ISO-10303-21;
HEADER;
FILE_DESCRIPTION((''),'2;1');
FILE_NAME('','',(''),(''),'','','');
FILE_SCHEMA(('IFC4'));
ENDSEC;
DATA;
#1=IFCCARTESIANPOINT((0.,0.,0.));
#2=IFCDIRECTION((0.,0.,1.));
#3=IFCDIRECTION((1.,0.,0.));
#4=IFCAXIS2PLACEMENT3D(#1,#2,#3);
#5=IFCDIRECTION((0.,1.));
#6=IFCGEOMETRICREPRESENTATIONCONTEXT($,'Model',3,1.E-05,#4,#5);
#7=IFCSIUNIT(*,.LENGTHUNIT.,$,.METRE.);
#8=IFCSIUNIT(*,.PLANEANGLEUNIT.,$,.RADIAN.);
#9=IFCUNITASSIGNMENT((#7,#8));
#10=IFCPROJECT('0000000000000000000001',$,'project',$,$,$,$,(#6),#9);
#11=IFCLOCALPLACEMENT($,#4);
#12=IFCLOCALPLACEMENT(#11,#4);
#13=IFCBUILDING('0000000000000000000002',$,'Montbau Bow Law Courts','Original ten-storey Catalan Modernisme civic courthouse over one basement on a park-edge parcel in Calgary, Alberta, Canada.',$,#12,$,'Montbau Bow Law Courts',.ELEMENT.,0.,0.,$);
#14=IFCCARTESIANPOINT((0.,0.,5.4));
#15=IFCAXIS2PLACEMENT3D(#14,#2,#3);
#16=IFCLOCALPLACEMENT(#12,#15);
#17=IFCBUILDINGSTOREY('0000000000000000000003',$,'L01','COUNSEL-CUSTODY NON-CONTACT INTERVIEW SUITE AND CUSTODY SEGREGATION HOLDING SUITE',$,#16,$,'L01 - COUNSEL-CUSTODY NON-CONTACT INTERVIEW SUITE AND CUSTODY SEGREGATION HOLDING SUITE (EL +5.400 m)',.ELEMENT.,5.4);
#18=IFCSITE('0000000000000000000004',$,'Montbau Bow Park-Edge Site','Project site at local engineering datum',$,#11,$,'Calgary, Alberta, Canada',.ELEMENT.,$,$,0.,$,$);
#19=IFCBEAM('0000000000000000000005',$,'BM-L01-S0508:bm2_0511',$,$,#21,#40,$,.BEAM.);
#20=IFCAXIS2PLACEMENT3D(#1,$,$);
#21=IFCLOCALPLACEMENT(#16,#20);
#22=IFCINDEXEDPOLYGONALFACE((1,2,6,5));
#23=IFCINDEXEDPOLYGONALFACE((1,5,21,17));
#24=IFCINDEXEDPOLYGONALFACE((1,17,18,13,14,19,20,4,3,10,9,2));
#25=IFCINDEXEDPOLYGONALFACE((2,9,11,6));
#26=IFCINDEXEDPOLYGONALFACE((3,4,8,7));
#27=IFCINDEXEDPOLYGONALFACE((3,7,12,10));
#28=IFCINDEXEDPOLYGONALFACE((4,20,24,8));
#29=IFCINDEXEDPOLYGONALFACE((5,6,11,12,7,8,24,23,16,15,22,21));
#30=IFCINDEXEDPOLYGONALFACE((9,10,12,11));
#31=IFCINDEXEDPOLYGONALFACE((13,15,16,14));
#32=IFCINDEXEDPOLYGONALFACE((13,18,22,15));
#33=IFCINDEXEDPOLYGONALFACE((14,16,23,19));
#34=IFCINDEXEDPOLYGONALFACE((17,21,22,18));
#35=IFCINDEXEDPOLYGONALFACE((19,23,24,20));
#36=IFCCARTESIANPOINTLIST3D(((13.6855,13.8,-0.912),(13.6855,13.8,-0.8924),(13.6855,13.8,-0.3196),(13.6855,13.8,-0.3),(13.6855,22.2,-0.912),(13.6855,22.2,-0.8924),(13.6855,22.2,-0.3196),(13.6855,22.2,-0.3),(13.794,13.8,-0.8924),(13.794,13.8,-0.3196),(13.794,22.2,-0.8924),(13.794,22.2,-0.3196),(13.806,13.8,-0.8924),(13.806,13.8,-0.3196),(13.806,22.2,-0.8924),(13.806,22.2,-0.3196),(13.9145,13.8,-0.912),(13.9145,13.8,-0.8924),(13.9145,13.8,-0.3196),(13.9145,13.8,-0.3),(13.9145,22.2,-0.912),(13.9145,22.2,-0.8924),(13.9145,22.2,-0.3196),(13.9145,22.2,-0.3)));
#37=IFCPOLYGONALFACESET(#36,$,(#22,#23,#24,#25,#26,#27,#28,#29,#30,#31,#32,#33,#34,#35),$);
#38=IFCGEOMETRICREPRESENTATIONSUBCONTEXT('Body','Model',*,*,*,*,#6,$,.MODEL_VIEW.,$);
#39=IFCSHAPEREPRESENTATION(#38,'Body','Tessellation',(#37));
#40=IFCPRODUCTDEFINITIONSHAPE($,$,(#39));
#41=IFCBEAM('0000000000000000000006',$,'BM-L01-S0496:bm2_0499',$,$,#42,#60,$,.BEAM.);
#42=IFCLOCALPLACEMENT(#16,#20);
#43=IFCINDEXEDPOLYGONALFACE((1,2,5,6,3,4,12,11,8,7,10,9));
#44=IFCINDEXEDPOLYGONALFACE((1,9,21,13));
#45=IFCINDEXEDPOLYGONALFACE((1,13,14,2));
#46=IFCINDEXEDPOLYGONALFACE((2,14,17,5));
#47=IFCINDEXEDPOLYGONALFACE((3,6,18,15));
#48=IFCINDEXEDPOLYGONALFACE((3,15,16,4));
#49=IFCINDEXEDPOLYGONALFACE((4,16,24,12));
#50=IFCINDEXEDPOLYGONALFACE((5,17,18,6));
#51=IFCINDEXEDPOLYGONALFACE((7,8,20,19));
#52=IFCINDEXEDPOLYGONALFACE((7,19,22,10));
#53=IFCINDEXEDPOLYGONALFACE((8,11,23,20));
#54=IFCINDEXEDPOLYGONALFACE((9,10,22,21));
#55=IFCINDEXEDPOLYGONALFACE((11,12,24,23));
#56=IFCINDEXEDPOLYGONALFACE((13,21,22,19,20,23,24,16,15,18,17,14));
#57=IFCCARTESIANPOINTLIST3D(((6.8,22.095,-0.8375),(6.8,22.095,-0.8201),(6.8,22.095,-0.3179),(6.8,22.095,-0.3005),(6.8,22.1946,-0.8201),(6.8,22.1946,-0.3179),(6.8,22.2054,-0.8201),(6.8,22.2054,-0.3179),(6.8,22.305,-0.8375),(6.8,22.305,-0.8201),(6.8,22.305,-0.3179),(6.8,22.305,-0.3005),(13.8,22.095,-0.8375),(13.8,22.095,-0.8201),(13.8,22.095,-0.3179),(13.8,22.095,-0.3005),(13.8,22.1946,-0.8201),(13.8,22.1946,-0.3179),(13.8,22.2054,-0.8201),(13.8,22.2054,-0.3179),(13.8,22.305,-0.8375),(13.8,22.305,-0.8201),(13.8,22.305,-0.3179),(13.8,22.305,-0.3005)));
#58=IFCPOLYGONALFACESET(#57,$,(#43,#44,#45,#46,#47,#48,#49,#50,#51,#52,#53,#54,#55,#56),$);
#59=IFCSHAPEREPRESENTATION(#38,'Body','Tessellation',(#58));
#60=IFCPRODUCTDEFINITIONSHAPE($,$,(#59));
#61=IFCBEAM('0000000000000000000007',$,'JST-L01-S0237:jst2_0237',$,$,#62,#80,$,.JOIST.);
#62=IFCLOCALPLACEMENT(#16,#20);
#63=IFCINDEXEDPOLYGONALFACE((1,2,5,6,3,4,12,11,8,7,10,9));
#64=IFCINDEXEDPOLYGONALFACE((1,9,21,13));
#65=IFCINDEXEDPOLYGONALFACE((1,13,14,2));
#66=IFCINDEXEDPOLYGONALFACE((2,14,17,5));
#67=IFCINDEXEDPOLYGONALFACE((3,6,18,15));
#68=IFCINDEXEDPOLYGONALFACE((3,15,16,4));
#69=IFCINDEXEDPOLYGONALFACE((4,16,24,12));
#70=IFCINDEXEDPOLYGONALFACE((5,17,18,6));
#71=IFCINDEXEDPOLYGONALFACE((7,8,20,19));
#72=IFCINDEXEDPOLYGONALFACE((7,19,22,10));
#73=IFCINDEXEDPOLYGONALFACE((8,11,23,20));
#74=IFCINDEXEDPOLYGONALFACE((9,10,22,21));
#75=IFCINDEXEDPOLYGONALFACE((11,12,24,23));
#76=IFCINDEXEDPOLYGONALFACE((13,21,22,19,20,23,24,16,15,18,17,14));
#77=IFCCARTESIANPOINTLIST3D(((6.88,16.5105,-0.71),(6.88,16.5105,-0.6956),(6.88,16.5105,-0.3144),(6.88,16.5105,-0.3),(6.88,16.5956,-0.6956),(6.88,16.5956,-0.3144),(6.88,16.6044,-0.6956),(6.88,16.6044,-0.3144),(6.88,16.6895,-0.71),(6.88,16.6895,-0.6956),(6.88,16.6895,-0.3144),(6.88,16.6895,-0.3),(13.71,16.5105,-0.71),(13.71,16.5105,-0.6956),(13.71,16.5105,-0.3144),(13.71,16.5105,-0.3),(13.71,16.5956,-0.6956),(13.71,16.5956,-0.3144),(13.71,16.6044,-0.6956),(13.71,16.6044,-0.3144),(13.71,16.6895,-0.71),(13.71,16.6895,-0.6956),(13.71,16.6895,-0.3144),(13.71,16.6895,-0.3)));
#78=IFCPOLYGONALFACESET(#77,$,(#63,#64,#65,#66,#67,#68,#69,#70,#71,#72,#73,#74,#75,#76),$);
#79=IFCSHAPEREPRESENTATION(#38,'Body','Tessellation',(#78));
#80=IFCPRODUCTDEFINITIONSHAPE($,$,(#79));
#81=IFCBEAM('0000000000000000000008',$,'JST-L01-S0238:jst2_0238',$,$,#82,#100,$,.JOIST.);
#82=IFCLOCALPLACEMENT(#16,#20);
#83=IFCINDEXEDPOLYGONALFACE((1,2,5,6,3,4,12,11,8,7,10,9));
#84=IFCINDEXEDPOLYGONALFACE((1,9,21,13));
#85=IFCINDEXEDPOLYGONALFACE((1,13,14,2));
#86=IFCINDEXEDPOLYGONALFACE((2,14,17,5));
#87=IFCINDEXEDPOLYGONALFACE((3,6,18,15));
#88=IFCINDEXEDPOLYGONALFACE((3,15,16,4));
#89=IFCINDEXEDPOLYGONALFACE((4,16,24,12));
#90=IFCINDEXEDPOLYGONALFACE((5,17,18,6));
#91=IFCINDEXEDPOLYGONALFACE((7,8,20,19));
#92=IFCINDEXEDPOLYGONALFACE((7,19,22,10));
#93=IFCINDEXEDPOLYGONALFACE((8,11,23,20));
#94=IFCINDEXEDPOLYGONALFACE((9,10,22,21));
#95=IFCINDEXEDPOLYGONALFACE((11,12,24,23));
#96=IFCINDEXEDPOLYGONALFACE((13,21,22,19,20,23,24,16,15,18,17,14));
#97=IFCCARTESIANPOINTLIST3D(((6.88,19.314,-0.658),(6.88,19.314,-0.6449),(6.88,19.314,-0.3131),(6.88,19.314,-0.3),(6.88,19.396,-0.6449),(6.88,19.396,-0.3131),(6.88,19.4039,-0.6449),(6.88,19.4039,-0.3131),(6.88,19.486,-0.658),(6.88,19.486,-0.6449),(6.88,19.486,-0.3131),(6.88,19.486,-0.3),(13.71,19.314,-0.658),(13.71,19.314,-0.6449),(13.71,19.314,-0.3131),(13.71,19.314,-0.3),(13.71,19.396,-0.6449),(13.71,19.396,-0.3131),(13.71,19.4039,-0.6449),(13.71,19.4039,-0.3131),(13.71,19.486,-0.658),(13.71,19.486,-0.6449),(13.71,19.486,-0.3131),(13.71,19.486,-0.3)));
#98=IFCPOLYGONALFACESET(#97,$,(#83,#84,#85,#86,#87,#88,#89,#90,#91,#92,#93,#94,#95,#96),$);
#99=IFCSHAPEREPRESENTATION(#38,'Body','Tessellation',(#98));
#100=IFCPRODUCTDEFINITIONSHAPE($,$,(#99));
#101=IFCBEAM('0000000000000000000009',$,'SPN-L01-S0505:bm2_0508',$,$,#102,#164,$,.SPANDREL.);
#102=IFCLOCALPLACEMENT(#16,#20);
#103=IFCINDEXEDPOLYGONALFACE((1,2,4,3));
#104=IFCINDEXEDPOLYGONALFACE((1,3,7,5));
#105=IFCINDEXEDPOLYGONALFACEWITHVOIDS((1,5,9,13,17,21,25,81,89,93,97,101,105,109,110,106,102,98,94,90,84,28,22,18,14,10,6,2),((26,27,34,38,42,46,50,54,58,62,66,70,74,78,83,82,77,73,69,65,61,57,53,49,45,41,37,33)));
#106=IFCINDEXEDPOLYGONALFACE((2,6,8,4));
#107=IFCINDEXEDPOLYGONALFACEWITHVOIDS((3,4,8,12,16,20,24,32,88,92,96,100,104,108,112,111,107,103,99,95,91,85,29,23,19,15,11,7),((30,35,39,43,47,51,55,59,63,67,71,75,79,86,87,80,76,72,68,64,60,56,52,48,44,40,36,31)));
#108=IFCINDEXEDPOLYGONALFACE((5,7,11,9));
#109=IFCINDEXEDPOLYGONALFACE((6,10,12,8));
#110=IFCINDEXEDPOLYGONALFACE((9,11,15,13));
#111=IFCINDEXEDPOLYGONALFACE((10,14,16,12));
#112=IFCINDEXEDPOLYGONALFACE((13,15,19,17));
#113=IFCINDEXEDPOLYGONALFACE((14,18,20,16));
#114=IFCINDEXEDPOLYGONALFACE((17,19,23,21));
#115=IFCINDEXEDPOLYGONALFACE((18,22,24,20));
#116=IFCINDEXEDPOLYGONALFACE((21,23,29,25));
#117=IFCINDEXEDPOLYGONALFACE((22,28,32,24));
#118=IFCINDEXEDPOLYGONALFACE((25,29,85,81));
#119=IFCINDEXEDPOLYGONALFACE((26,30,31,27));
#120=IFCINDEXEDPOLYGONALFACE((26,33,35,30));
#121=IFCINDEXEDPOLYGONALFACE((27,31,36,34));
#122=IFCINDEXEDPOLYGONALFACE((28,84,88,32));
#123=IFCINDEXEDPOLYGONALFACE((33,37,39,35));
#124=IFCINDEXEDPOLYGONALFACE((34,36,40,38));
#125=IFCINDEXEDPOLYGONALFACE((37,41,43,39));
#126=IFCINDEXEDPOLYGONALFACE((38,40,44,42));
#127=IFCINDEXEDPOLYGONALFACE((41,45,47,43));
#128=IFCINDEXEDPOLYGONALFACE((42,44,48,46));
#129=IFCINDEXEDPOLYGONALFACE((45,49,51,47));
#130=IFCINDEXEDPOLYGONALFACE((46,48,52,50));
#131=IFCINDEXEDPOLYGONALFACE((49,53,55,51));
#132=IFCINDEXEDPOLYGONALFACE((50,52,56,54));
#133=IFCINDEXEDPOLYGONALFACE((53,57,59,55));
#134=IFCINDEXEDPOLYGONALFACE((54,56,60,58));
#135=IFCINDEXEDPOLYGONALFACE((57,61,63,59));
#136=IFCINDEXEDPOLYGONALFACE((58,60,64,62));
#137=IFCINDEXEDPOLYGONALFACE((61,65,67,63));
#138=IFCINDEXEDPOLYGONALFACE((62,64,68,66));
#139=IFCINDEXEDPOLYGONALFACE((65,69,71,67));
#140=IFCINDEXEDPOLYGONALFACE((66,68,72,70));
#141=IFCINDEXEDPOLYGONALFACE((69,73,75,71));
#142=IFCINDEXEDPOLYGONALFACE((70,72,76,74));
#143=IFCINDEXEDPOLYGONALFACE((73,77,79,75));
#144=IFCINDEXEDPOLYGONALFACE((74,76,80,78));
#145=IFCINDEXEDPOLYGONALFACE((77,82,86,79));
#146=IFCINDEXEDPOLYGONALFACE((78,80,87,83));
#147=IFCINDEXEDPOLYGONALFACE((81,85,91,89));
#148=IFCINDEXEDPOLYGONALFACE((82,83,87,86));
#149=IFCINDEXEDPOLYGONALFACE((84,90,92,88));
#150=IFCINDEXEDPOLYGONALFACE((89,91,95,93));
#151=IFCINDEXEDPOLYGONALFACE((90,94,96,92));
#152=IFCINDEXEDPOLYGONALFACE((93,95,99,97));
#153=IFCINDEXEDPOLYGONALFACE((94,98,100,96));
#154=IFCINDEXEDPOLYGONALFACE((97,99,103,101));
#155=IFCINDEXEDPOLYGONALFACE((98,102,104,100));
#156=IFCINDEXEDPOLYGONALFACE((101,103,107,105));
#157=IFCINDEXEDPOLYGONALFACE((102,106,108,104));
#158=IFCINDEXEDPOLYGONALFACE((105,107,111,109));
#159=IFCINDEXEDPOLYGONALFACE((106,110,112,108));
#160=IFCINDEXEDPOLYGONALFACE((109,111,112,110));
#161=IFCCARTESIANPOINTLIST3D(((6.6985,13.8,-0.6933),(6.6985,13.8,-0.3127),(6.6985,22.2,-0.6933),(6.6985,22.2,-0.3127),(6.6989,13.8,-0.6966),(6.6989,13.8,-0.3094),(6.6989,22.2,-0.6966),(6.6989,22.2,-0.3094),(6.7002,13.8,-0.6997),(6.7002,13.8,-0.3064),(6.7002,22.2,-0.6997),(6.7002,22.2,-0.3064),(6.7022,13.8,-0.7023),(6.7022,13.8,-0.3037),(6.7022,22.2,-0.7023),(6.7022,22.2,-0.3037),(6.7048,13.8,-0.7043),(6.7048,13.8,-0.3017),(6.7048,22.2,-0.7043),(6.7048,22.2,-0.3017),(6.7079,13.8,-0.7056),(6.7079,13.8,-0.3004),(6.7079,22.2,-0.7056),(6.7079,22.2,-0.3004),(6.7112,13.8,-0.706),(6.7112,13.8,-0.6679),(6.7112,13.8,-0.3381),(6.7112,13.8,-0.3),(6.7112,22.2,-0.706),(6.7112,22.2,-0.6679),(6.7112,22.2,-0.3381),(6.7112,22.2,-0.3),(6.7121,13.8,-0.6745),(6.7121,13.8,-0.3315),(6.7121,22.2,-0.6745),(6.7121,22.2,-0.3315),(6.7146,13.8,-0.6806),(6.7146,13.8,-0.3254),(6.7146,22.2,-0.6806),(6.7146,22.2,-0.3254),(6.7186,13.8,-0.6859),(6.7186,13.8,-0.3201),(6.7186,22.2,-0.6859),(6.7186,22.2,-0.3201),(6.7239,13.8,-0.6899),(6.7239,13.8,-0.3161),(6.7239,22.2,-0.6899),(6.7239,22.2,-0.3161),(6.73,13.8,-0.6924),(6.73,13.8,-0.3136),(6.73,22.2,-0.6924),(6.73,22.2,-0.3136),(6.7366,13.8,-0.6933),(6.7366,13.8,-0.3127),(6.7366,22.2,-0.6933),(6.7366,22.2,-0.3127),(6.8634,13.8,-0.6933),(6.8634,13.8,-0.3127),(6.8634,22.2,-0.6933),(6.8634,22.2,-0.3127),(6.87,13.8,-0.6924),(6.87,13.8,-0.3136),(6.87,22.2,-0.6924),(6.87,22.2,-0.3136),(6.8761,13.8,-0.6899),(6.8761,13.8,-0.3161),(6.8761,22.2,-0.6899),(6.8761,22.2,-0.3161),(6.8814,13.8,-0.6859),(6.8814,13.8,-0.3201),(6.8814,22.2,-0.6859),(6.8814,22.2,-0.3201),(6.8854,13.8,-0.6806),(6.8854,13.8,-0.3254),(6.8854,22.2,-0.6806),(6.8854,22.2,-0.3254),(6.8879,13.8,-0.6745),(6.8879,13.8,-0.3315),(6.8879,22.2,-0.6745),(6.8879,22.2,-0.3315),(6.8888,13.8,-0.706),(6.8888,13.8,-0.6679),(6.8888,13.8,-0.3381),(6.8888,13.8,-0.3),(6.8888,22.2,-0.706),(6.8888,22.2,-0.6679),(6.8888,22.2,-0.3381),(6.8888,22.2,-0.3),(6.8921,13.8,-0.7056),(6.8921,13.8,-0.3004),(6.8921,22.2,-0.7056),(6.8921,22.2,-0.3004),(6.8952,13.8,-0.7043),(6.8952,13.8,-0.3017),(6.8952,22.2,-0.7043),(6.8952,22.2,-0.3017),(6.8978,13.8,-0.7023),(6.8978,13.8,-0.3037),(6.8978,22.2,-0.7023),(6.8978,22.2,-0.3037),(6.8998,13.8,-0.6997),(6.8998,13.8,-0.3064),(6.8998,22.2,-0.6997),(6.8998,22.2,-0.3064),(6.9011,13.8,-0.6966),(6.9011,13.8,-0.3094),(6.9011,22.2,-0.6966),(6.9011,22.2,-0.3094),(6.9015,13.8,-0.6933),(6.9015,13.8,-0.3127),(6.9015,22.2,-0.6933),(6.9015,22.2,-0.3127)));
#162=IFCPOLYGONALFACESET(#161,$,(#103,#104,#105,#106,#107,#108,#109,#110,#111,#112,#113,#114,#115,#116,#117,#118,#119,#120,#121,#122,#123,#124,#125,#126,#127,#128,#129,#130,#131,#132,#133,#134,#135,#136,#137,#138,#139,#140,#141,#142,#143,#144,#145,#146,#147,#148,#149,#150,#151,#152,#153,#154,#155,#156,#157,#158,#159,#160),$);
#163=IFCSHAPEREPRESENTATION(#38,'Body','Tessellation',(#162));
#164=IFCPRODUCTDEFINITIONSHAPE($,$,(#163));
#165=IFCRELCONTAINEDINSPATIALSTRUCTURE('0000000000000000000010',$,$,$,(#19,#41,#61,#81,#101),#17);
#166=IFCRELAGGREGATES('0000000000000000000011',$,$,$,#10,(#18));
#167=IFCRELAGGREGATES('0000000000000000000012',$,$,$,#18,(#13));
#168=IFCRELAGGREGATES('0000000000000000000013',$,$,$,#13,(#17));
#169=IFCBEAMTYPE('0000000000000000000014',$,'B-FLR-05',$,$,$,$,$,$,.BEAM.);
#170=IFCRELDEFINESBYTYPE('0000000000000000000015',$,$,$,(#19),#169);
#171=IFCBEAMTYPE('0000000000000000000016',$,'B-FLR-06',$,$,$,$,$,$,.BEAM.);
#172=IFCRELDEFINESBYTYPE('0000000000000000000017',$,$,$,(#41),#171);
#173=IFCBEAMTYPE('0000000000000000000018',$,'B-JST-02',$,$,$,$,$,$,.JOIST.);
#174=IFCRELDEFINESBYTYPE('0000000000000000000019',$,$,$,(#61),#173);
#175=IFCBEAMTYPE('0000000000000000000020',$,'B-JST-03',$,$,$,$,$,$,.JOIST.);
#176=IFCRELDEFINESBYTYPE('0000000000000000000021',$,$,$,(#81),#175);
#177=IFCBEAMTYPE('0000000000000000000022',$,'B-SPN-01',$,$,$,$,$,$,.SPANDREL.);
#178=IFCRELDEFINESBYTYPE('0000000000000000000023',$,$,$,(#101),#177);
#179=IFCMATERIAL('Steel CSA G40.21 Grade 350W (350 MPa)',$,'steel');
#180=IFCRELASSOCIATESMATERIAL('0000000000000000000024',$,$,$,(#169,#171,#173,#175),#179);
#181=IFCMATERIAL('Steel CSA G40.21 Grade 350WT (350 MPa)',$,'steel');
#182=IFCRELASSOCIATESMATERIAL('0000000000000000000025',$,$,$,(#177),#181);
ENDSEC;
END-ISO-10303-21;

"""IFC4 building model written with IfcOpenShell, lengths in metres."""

from ifc_helpers import new_model, si_unit, direction, frame, origin_with_axes, origin_2d_with_axis, place, context, subcontext, project, spatial, hollow_rectangle, i_section, extrude, material, material_profile, profile_set, type_object, element, save


model = new_model("IFC4")

# Units and contexts
model_context = context("Model", 3, precision=1e-05, world=origin_with_axes(), true_north=direction((0.0, 1.0)))
body_context = subcontext(model_context, "Body", "Model", "MODEL_VIEW")
ifc_project = project(units=[si_unit("LENGTHUNIT", "METRE"), si_unit("PLANEANGLEUNIT", "RADIAN")], contexts=[model_context])

# Site, building, storey
site_placement = place(None, origin_with_axes())
site = spatial("IfcSite", under=ifc_project, at=site_placement, Name="Montbau Bow Park-Edge Site", Description="Project site at local engineering datum", LongName="Calgary, Alberta, Canada", CompositionType="ELEMENT", RefElevation=0.0)
building_placement = place(site_placement, origin_with_axes())
building = spatial("IfcBuilding", under=site, at=building_placement, Name="Montbau Bow Law Courts", Description="Original ten-storey Catalan Modernisme civic courthouse over one basement on a park-edge parcel in Calgary, Alberta, Canada.", LongName="Montbau Bow Law Courts", CompositionType="ELEMENT", ElevationOfRefHeight=0.0, ElevationOfTerrain=0.0)
storey_placement = place(building_placement, frame((0.0, 0.0, 5.4), z_axis=(0.0, 0.0, 1.0), x_axis=(1.0, 0.0, 0.0)))
storey = spatial("IfcBuildingStorey", under=building, at=storey_placement, Name="L01", Description="COUNSEL-CUSTODY NON-CONTACT INTERVIEW SUITE AND CUSTODY SEGREGATION HOLDING SUITE", LongName="L01 - COUNSEL-CUSTODY NON-CONTACT INTERVIEW SUITE AND CUSTODY SEGREGATION HOLDING SUITE (EL +5.400 m)", CompositionType="ELEMENT", Elevation=5.4)

# Shared definitions
ifc_material_1 = material(Name="Steel CSA G40.21 Grade 350W (350 MPa)", Category="steel")

# Beams
ifc_material_profile_1 = material_profile(ifc_material_1, i_section(OverallWidth=0.229, OverallDepth=0.612, WebThickness=0.0119, FlangeThickness=0.0196, at=origin_2d_with_axis()), Name="W610X125", Category="Main", Priority=0)
ifc_profile_set_1 = profile_set([ifc_material_profile_1], Name="Steel CSA G40.21 Grade 350W (350 MPa)")
beam_type_1 = type_object("IfcBeamType", Name="B-FLR-05", PredefinedType="BEAM", material=ifc_profile_set_1)
beam_1_placement = place(None, frame((13.8, 13.8, 4.794), z_axis=(0.0, 1.0, 0.0), x_axis=(-1.0, 0.0, 0.0)))
element("IfcBeam", 1, at=beam_1_placement, inside=storey, type_object=beam_type_1, Name="BM-L01-S0508:bm2_0511", PredefinedType="BEAM", context=body_context, shape_type="SweptSolid", body=[
    extrude(i_section(OverallWidth=0.229, OverallDepth=0.612, WebThickness=0.0119, FlangeThickness=0.0196, at=origin_2d_with_axis()), origin_with_axes(), (0.0, 0.0, 1.0), 8.4),
])
ifc_material_profile_2 = material_profile(ifc_material_1, i_section(OverallWidth=0.21, OverallDepth=0.537, WebThickness=0.0109, FlangeThickness=0.0174, at=origin_2d_with_axis()), Name="W530X101", Category="Main", Priority=0)
ifc_profile_set_2 = profile_set([ifc_material_profile_2], Name="Steel CSA G40.21 Grade 350W (350 MPa)")
beam_type_2 = type_object("IfcBeamType", Name="B-FLR-06", PredefinedType="BEAM", material=ifc_profile_set_2)
beam_2_placement = place(None, frame((6.8, 22.2, 4.831), z_axis=(1.0, 0.0, 0.0), x_axis=(0.0, 1.0, 0.0)))
element("IfcBeam", 2, at=beam_2_placement, inside=storey, type_object=beam_type_2, Name="BM-L01-S0496:bm2_0499", PredefinedType="BEAM", context=body_context, shape_type="SweptSolid", body=[
    extrude(i_section(OverallWidth=0.21, OverallDepth=0.537, WebThickness=0.0109, FlangeThickness=0.0174, at=origin_2d_with_axis()), origin_with_axes(), (0.0, 0.0, 1.0), 7.0),
])
ifc_material_profile_3 = material_profile(ifc_material_1, i_section(OverallWidth=0.179, OverallDepth=0.41, WebThickness=0.0088, FlangeThickness=0.0144, at=origin_2d_with_axis()), Name="W410X67", Category="Main", Priority=0)
ifc_profile_set_3 = profile_set([ifc_material_profile_3], Name="Steel CSA G40.21 Grade 350W (350 MPa)")
beam_type_3 = type_object("IfcBeamType", Name="B-JST-02", PredefinedType="JOIST", material=ifc_profile_set_3)
beam_3_placement = place(None, frame((6.88, 16.6, 4.895), z_axis=(1.0, 0.0, 0.0), x_axis=(0.0, 1.0, 0.0)))
element("IfcBeam", 3, at=beam_3_placement, inside=storey, type_object=beam_type_3, Name="JST-L01-S0237:jst2_0237", PredefinedType="JOIST", context=body_context, shape_type="SweptSolid", body=[
    extrude(i_section(OverallWidth=0.179, OverallDepth=0.41, WebThickness=0.0088, FlangeThickness=0.0144, at=origin_2d_with_axis()), origin_with_axes(), (0.0, 0.0, 1.0), 6.83),
])
ifc_material_profile_4 = material_profile(ifc_material_1, i_section(OverallWidth=0.172, OverallDepth=0.358, WebThickness=0.0079, FlangeThickness=0.0131, at=origin_2d_with_axis()), Name="W360X57", Category="Main", Priority=0)
ifc_profile_set_4 = profile_set([ifc_material_profile_4], Name="Steel CSA G40.21 Grade 350W (350 MPa)")
beam_type_4 = type_object("IfcBeamType", Name="B-JST-03", PredefinedType="JOIST", material=ifc_profile_set_4)
beam_4_placement = place(None, frame((6.88, 19.4, 4.921), z_axis=(1.0, 0.0, 0.0), x_axis=(0.0, 1.0, 0.0)))
element("IfcBeam", 4, at=beam_4_placement, inside=storey, type_object=beam_type_4, Name="JST-L01-S0238:jst2_0238", PredefinedType="JOIST", context=body_context, shape_type="SweptSolid", body=[
    extrude(i_section(OverallWidth=0.172, OverallDepth=0.358, WebThickness=0.0079, FlangeThickness=0.0131, at=origin_2d_with_axis()), origin_with_axes(), (0.0, 0.0, 1.0), 6.83),
])
ifc_material_2 = material(Name="Steel CSA G40.21 Grade 350WT (350 MPa)", Category="steel")
ifc_material_profile_5 = material_profile(ifc_material_2, hollow_rectangle(XDim=0.203, YDim=0.406, WallThickness=0.0127, InnerFilletRadius=0.0254, OuterFilletRadius=0.0127, at=origin_2d_with_axis()), Name="HSS406X203X13", Category="Main", Priority=0)
ifc_profile_set_5 = profile_set([ifc_material_profile_5], Name="Steel CSA G40.21 Grade 350WT (350 MPa)")
beam_type_5 = type_object("IfcBeamType", Name="B-SPN-01", PredefinedType="SPANDREL", material=ifc_profile_set_5)
for number, where, z_axis, x_axis, name in (
    (5, (6.8, 13.8, 4.897), (0.0, 1.0, 0.0), (-1.0, 0.0, 0.0), "SPN-L01-S0505:bm2_0508"),
):
    element("IfcBeam", number, at=place(None, frame(where, z_axis=z_axis, x_axis=x_axis)), inside=storey, type_object=beam_type_5, Name=name, PredefinedType="SPANDREL", context=body_context, shape_type="SweptSolid", body=[
        extrude(hollow_rectangle(XDim=0.203, YDim=0.406, WallThickness=0.0127, InnerFilletRadius=0.0254, OuterFilletRadius=0.0127, at=origin_2d_with_axis()), origin_with_axes(), (0.0, 0.0, 1.0), 8.4),
    ])

save(model, "model.ifc")
